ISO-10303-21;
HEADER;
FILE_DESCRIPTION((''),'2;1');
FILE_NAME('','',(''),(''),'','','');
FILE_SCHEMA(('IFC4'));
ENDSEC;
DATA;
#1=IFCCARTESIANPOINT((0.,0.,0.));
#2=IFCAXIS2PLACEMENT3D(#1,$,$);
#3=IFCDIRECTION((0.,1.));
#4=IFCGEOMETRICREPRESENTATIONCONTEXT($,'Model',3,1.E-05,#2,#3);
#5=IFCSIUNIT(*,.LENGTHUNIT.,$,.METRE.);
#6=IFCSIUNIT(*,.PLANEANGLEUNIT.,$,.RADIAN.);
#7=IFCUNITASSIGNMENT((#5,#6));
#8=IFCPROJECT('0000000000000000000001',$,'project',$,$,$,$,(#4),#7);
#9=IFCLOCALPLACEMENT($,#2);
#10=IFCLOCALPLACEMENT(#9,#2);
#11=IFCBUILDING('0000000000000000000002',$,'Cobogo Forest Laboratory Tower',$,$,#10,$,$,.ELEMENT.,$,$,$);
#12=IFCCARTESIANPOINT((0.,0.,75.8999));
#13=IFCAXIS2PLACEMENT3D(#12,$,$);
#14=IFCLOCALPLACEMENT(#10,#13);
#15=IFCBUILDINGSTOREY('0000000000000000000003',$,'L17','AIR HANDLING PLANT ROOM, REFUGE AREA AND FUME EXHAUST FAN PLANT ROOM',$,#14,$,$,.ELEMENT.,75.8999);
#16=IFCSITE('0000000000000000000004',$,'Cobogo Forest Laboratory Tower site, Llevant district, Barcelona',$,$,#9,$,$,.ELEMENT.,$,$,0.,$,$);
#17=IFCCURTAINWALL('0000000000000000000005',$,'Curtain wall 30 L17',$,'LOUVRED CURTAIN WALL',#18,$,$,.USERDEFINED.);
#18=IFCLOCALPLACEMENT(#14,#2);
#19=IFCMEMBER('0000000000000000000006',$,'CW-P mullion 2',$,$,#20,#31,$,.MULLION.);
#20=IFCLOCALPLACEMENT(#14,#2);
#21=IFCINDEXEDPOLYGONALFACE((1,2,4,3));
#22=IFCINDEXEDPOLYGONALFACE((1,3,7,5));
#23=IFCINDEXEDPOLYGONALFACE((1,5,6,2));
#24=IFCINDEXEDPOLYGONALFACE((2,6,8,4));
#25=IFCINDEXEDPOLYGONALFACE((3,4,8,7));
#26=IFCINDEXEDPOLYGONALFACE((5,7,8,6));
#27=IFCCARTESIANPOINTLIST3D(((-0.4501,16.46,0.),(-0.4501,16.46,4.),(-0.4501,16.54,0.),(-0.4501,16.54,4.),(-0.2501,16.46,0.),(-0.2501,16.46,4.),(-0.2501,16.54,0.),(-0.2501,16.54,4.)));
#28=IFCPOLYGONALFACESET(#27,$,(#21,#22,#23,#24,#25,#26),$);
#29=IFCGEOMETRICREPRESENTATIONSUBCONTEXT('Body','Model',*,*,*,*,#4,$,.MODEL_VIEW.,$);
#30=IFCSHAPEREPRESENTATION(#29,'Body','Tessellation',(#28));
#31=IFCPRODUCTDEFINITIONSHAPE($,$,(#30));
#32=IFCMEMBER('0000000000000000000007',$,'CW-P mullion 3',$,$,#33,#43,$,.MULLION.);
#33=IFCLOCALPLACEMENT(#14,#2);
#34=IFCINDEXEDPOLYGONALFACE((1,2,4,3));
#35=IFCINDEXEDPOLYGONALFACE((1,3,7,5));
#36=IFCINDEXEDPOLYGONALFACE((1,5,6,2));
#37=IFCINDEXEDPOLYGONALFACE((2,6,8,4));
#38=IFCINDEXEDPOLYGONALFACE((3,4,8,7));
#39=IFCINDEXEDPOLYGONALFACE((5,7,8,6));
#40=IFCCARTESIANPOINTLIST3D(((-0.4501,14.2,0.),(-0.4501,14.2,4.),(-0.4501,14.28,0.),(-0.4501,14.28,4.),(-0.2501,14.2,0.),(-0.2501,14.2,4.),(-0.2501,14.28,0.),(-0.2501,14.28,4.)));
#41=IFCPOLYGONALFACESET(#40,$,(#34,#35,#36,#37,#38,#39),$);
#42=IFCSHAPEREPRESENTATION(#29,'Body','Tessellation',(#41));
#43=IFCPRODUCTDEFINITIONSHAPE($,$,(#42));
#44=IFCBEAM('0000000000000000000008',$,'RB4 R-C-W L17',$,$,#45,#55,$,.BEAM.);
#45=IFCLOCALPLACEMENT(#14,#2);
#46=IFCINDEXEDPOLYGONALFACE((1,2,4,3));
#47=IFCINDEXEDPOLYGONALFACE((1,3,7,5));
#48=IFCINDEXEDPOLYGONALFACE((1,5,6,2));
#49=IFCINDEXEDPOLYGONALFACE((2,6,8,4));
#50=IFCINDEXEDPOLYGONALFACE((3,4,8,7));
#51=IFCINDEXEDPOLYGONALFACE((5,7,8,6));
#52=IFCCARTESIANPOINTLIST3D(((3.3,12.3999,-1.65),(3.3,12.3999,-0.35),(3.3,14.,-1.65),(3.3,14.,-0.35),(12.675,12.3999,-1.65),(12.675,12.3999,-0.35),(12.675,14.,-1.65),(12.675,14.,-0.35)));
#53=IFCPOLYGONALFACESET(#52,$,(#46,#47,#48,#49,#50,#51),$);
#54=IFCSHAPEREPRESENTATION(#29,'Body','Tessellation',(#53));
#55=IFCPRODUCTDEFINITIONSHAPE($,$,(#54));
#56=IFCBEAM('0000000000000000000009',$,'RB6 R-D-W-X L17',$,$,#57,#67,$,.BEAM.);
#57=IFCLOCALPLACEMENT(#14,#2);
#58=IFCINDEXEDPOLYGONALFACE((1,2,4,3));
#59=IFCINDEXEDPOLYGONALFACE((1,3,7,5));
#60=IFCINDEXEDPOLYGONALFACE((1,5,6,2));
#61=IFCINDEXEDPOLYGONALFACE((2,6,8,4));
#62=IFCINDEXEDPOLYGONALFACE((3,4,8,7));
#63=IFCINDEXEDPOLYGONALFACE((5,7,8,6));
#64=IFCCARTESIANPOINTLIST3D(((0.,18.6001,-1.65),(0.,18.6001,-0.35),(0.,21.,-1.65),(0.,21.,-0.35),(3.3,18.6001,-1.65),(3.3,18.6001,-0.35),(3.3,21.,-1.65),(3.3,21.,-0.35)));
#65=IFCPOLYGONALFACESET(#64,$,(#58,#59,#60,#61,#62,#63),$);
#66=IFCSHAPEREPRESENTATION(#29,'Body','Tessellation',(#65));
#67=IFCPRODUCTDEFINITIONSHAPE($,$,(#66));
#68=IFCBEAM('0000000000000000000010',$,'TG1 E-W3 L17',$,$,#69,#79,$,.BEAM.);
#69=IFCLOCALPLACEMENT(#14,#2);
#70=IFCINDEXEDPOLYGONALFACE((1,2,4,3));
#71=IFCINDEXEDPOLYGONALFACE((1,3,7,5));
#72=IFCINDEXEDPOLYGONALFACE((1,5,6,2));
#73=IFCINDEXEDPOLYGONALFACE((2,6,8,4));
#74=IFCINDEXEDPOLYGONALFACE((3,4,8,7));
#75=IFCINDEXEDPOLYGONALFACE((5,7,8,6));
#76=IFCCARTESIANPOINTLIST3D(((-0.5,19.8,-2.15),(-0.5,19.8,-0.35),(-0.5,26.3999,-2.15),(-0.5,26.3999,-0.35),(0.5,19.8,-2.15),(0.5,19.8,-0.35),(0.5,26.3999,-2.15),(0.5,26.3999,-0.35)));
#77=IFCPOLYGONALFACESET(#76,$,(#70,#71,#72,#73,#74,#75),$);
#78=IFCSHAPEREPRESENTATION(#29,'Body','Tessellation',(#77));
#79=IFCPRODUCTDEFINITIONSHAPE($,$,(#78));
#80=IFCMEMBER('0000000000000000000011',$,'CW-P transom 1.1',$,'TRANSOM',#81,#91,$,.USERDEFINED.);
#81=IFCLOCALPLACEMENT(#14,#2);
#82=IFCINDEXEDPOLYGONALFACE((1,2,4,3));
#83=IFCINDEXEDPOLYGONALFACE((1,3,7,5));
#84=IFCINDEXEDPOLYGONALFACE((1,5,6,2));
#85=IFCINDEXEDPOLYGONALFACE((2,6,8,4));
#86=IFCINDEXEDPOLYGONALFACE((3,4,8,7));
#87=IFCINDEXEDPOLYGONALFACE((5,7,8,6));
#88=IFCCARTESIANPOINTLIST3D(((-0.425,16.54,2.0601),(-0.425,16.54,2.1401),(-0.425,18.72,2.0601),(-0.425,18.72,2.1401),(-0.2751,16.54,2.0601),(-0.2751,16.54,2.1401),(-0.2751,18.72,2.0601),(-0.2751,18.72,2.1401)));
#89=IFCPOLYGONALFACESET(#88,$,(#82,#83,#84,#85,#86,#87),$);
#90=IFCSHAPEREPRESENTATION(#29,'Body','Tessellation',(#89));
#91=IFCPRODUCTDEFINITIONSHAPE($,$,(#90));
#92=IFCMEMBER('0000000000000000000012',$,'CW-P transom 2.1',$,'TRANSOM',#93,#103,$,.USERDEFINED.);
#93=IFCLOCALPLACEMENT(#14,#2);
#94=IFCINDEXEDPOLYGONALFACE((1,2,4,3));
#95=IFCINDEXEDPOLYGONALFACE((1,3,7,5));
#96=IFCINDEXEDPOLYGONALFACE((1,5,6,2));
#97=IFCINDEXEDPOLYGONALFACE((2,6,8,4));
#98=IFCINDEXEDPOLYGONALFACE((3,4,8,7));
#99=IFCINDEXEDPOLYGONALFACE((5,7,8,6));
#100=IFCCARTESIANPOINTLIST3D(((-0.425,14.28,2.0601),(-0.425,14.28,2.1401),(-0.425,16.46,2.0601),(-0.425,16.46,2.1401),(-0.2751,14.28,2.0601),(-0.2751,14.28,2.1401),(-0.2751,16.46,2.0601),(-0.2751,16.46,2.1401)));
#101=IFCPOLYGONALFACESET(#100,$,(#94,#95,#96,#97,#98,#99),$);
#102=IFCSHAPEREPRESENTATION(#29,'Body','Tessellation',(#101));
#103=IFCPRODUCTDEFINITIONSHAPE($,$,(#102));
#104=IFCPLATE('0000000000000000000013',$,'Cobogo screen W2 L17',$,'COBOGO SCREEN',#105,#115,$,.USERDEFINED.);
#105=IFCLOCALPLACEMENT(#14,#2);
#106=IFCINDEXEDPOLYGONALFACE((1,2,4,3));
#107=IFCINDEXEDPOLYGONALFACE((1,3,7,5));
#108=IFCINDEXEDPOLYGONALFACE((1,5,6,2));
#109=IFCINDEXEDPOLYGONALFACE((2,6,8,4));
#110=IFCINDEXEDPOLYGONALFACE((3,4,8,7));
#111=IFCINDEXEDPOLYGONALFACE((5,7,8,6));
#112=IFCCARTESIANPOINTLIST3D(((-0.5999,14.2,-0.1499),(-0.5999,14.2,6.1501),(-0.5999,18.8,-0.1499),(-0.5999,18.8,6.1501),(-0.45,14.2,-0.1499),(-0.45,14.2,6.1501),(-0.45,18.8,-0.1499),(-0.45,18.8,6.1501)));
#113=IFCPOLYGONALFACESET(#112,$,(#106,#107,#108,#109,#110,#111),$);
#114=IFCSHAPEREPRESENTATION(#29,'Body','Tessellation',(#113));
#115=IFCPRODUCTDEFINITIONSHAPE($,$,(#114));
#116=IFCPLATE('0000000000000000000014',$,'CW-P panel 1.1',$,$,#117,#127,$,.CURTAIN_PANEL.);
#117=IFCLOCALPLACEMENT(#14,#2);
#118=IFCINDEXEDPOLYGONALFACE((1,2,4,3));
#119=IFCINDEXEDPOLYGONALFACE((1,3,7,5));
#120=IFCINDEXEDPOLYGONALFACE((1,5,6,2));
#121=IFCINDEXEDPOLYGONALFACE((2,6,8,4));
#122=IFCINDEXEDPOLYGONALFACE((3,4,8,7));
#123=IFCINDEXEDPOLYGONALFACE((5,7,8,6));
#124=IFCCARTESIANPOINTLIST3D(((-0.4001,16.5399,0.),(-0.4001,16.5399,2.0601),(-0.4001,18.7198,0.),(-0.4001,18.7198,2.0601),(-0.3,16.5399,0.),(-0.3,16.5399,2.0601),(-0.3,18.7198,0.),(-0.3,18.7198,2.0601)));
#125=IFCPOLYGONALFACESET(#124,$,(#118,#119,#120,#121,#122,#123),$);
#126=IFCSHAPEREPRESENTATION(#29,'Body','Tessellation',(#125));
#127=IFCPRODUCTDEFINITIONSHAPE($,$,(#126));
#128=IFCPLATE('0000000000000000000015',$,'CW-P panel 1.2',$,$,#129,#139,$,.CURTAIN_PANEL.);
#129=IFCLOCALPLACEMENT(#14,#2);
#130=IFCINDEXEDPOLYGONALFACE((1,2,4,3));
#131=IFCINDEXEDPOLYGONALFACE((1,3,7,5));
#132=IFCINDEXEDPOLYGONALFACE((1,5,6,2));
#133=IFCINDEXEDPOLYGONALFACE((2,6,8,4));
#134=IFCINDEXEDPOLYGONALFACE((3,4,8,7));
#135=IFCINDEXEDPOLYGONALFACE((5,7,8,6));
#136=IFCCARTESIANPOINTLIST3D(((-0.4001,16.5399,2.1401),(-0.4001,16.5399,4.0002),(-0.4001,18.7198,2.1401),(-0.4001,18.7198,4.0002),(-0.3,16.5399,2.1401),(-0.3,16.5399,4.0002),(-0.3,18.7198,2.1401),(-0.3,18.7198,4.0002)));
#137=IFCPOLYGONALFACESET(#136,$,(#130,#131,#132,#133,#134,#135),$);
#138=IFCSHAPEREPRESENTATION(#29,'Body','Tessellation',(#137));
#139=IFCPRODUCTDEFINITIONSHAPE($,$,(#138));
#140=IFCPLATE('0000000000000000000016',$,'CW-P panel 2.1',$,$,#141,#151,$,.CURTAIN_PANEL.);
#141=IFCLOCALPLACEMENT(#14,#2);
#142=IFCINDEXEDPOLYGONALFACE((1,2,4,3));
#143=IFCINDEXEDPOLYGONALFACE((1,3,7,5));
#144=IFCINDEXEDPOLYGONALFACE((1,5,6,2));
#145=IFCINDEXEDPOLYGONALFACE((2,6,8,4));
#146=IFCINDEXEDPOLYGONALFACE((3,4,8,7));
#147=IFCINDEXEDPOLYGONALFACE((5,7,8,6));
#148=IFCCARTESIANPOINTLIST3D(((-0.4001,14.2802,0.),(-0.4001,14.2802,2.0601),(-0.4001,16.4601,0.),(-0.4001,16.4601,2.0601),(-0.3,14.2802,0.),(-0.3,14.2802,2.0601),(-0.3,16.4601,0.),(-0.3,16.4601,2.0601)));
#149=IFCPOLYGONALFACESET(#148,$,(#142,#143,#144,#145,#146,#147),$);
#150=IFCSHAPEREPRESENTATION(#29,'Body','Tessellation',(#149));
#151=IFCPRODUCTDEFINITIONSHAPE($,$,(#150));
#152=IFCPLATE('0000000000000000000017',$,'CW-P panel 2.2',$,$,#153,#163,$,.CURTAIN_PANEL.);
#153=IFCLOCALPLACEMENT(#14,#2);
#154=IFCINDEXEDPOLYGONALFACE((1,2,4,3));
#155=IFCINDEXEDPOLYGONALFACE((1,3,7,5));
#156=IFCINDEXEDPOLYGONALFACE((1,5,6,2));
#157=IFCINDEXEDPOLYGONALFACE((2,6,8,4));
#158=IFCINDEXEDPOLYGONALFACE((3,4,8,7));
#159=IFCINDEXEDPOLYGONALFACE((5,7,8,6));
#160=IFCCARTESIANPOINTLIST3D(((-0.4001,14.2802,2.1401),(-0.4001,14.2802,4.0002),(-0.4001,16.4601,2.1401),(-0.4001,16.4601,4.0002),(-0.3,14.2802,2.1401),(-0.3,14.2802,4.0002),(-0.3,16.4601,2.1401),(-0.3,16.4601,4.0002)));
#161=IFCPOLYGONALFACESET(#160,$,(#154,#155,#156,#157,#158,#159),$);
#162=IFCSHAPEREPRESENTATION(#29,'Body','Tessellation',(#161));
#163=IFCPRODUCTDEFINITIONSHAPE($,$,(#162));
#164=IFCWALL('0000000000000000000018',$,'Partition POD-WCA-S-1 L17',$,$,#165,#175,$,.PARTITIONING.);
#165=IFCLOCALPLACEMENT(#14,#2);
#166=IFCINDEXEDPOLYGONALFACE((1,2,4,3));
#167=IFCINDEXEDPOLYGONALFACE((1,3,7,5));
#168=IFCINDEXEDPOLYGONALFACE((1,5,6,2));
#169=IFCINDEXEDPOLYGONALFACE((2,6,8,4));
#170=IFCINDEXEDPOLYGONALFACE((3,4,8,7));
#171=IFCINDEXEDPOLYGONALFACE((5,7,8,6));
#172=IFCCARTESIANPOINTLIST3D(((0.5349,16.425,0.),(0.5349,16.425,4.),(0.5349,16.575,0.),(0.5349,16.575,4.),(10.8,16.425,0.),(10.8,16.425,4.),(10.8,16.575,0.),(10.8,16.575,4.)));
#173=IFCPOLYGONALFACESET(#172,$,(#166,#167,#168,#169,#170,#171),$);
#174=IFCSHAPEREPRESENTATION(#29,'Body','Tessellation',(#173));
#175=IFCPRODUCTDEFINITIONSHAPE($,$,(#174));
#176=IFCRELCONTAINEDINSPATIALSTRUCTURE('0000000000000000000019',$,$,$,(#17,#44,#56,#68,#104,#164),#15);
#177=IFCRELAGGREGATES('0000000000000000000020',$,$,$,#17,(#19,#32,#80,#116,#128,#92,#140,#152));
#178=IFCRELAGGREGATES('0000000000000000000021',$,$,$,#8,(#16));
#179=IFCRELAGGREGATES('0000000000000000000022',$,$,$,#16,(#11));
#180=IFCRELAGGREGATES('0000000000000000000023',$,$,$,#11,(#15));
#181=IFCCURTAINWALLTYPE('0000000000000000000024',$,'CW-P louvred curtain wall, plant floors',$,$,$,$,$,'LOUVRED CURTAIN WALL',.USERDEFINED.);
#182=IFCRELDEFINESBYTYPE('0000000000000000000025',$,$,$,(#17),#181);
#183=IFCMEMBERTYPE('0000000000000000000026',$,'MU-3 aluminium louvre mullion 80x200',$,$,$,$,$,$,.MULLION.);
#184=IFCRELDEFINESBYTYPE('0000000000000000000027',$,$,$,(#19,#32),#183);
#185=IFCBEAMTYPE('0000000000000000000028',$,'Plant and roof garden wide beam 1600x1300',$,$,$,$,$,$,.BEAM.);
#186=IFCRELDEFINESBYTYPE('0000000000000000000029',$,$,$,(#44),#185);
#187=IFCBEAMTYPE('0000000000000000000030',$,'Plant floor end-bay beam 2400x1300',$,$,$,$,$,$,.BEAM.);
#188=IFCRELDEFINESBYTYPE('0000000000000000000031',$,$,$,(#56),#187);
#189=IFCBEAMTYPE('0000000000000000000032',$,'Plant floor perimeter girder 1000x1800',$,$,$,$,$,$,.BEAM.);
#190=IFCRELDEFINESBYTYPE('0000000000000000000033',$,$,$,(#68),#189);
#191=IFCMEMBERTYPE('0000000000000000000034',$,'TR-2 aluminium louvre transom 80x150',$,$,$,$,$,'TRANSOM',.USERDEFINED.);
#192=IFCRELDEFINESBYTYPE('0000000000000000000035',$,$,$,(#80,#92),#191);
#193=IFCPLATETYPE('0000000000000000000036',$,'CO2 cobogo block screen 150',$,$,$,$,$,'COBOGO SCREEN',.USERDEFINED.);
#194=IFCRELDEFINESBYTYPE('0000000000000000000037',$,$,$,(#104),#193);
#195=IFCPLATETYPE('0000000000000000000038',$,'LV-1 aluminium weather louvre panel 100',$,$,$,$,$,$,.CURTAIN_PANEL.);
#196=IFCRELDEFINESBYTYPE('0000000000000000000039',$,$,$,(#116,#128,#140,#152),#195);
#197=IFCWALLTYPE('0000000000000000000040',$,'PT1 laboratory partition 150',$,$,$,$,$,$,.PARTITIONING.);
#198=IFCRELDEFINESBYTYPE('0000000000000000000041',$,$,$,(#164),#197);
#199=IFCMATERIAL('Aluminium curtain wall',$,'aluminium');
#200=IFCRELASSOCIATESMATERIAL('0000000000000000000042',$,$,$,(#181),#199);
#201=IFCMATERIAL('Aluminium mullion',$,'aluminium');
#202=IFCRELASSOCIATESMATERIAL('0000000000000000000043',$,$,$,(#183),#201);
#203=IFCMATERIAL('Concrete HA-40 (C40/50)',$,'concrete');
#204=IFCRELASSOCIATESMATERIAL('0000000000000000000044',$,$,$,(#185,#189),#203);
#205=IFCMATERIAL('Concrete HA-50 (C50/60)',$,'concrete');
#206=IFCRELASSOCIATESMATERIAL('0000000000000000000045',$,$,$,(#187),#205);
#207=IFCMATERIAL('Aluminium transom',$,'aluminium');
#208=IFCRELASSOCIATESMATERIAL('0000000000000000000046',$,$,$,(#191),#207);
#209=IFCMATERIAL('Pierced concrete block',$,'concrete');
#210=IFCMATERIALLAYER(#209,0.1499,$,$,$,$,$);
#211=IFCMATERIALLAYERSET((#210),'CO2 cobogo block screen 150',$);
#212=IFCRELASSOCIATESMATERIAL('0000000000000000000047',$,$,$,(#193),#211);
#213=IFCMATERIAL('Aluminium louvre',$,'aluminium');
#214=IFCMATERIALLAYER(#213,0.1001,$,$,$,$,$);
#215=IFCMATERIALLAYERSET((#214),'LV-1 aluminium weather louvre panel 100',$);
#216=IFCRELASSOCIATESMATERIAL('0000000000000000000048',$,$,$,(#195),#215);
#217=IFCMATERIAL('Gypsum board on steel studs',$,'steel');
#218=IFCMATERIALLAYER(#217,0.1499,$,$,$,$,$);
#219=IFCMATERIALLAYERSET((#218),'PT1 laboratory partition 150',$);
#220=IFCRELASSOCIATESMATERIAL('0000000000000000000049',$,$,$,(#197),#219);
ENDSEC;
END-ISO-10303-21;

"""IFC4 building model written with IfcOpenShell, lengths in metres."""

from ifc_helpers import new_model, si_unit, direction, frame, frame_2d, origin, origin_2d, place, context, subcontext, project, spatial, rectangle, extrude, material, layer, layer_set, material_profile, profile_set, type_object, element, aggregate, save


model = new_model("IFC4")

# Units and contexts
model_context = context("Model", 3, precision=1e-05, world=origin(), true_north=direction((0.0, 1.0)))
body_context = subcontext(model_context, "Body", "Model", "MODEL_VIEW")
ifc_project = project(units=[si_unit("LENGTHUNIT", "METRE"), si_unit("PLANEANGLEUNIT", "RADIAN")], contexts=[model_context])

# Site, building, storey
site_placement = place(None, origin())
site = spatial("IfcSite", under=ifc_project, at=site_placement, Name="Cobogo Forest Laboratory Tower site, Llevant district, Barcelona", CompositionType="ELEMENT", RefElevation=0.0)
building_placement = place(site_placement, origin())
building = spatial("IfcBuilding", under=site, at=building_placement, Name="Cobogo Forest Laboratory Tower", CompositionType="ELEMENT")
storey_placement = place(building_placement, frame((0.0, 0.0, 75.8999)))
storey = spatial("IfcBuildingStorey", under=building, at=storey_placement, Name="L17", Description="AIR HANDLING PLANT ROOM, REFUGE AREA AND FUME EXHAUST FAN PLANT ROOM", CompositionType="ELEMENT", Elevation=75.8999)

# Shared definitions
ifc_material_1 = material(Name="Concrete HA-50 (C50/60)", Category="concrete")

# Shared definitions
ifc_material_2 = material(Name="Aluminium curtain wall", Category="aluminium")
curtain_wall_type = type_object("IfcCurtainWallType", Name="CW-P louvred curtain wall, plant floors", ElementType="LOUVRED CURTAIN WALL", PredefinedType="USERDEFINED", material=ifc_material_2)
ifc_material_3 = material(Name="Aluminium mullion", Category="aluminium")
ifc_material_profile_1 = material_profile(ifc_material_3, rectangle(XDim=0.0801, YDim=0.2, at=origin_2d()), Name="AL 80x200")
ifc_profile_set_1 = profile_set([ifc_material_profile_1], Name="Aluminium mullion")
member_type_1 = type_object("IfcMemberType", Name="MU-3 aluminium louvre mullion 80x200", PredefinedType="MULLION", material=ifc_profile_set_1)

# Curtain wall, members
curtain_wall_1_placement = place(storey_placement, origin())
curtain_wall_1 = element("IfcCurtainWall", 1, at=curtain_wall_1_placement, inside=storey, type_object=curtain_wall_type, Name="Curtain wall 30 L17", ObjectType="LOUVRED CURTAIN WALL", PredefinedType="USERDEFINED")
member_1_placement = place(storey_placement, frame((-0.3501, 16.5, 0.0), z_axis=(0.0, 0.0, 1.0), x_axis=(0.0, -1.0, 0.0)))
member_1 = element("IfcMember", 2, at=member_1_placement, type_object=member_type_1, Name="CW-P mullion 2", PredefinedType="MULLION", context=body_context, shape_type="SweptSolid", body=[
    extrude(rectangle(XDim=0.0801, YDim=0.2, at=origin_2d()), origin(), (0.0, 0.0, 1.0), 4.0),
])
member_2_placement = place(storey_placement, frame((-0.3501, 14.24, 0.0), z_axis=(0.0, 0.0, 1.0), x_axis=(0.0, -1.0, 0.0)))
member_2 = element("IfcMember", 3, at=member_2_placement, type_object=member_type_1, Name="CW-P mullion 3", PredefinedType="MULLION", context=body_context, shape_type="SweptSolid", body=[
    extrude(rectangle(XDim=0.0801, YDim=0.2, at=origin_2d()), origin(), (0.0, 0.0, 1.0), 4.0),
])

# Beams
ifc_material_4 = material(Name="Concrete HA-40 (C40/50)", Category="concrete")
ifc_material_profile_2 = material_profile(ifc_material_4, rectangle(XDim=1.6001, YDim=1.3, at=origin_2d()), Name="RC 1600x1300")
ifc_profile_set_2 = profile_set([ifc_material_profile_2], Name="Concrete HA-40 (C40/50)")
beam_type_1 = type_object("IfcBeamType", Name="Plant and roof garden wide beam 1600x1300", PredefinedType="BEAM", material=ifc_profile_set_2)
beam_1_placement = place(storey_placement, frame((12.675, 13.2, -1.0), z_axis=(-1.0, 0.0, 0.0), x_axis=(0.0, -1.0, 0.0)))
element("IfcBeam", 4, at=beam_1_placement, inside=storey, type_object=beam_type_1, Name="RB4 R-C-W L17", PredefinedType="BEAM", context=body_context, shape_type="SweptSolid", body=[
    extrude(rectangle(XDim=1.6001, YDim=1.3, at=origin_2d()), origin(), (0.0, 0.0, 1.0), 9.375),
])
ifc_material_profile_3 = material_profile(ifc_material_1, rectangle(XDim=2.3999, YDim=1.3, at=origin_2d()), Name="RC 2400x1300")
ifc_profile_set_3 = profile_set([ifc_material_profile_3], Name="Concrete HA-50 (C50/60)")
beam_type_2 = type_object("IfcBeamType", Name="Plant floor end-bay beam 2400x1300", PredefinedType="BEAM", material=ifc_profile_set_3)
beam_2_placement = place(storey_placement, frame((0.0, 19.8, -1.0), z_axis=(1.0, 0.0, 0.0), x_axis=(0.0, 1.0, 0.0)))
element("IfcBeam", 5, at=beam_2_placement, inside=storey, type_object=beam_type_2, Name="RB6 R-D-W-X L17", PredefinedType="BEAM", context=body_context, shape_type="SweptSolid", body=[
    extrude(rectangle(XDim=2.3999, YDim=1.3, at=origin_2d()), origin(), (0.0, 0.0, 1.0), 3.3),
])
ifc_material_profile_4 = material_profile(ifc_material_4, rectangle(XDim=1.0, YDim=1.8, at=origin_2d()), Name="RC 1000x1800")
ifc_profile_set_4 = profile_set([ifc_material_profile_4], Name="Concrete HA-40 (C40/50)")
beam_type_3 = type_object("IfcBeamType", Name="Plant floor perimeter girder 1000x1800", PredefinedType="BEAM", material=ifc_profile_set_4)
beam_3_placement = place(storey_placement, frame((0.0, 19.8, -1.25), z_axis=(0.0, 1.0, 0.0), x_axis=(-1.0, 0.0, 0.0)))
element("IfcBeam", 6, at=beam_3_placement, inside=storey, type_object=beam_type_3, Name="TG1 E-W3 L17", PredefinedType="BEAM", context=body_context, shape_type="SweptSolid", body=[
    extrude(rectangle(XDim=1.0, YDim=1.8, at=origin_2d()), origin(), (0.0, 0.0, 1.0), 6.5999),
])

# Members
ifc_material_5 = material(Name="Aluminium transom", Category="aluminium")
ifc_material_profile_5 = material_profile(ifc_material_5, rectangle(XDim=0.1499, YDim=0.0801, at=origin_2d()), Name="AL 80x150")
ifc_profile_set_5 = profile_set([ifc_material_profile_5], Name="Aluminium transom")
member_type_2 = type_object("IfcMemberType", Name="TR-2 aluminium louvre transom 80x150", ElementType="TRANSOM", PredefinedType="USERDEFINED", material=ifc_profile_set_5)
member_3_placement = place(storey_placement, frame((-0.3501, 18.72, 2.1001), z_axis=(0.0, -1.0, 0.0), x_axis=(1.0, 0.0, 0.0)))
member_3 = element("IfcMember", 7, at=member_3_placement, type_object=member_type_2, Name="CW-P transom 1.1", ObjectType="TRANSOM", PredefinedType="USERDEFINED", context=body_context, shape_type="SweptSolid", body=[
    extrude(rectangle(XDim=0.1499, YDim=0.0801, at=origin_2d()), origin(), (0.0, 0.0, 1.0), 2.1799),
])
member_4_placement = place(storey_placement, frame((-0.3501, 16.46, 2.1001), z_axis=(0.0, -1.0, 0.0), x_axis=(1.0, 0.0, 0.0)))
member_4 = element("IfcMember", 8, at=member_4_placement, type_object=member_type_2, Name="CW-P transom 2.1", ObjectType="TRANSOM", PredefinedType="USERDEFINED", context=body_context, shape_type="SweptSolid", body=[
    extrude(rectangle(XDim=0.1499, YDim=0.0801, at=origin_2d()), origin(), (0.0, 0.0, 1.0), 2.1799),
])

# Plates
ifc_material_6 = material(Name="Pierced concrete block", Category="concrete")
ifc_layer_1 = layer(ifc_material_6, 0.1499)
ifc_layer_set_1 = layer_set([ifc_layer_1], Name="CO2 cobogo block screen 150")
plate_type_1 = type_object("IfcPlateType", Name="CO2 cobogo block screen 150", ElementType="COBOGO SCREEN", PredefinedType="USERDEFINED", material=ifc_layer_set_1)
plate_1_placement = place(storey_placement, frame((-0.5249, 16.5, -0.1499), z_axis=(0.0, 0.0, 1.0), x_axis=(0.0, 1.0, 0.0)))
element("IfcPlate", 9, at=plate_1_placement, inside=storey, type_object=plate_type_1, Name="Cobogo screen W2 L17", ObjectType="COBOGO SCREEN", PredefinedType="USERDEFINED", context=body_context, shape_type="SweptSolid", body=[
    extrude(rectangle(XDim=4.6001, YDim=0.1499, at=origin_2d()), origin(), (0.0, 0.0, 1.0), 6.3),
])
ifc_material_7 = material(Name="Aluminium louvre", Category="aluminium")
ifc_layer_2 = layer(ifc_material_7, 0.1001)
ifc_layer_set_2 = layer_set([ifc_layer_2], Name="LV-1 aluminium weather louvre panel 100")
plate_type_2 = type_object("IfcPlateType", Name="LV-1 aluminium weather louvre panel 100", PredefinedType="CURTAIN_PANEL", material=ifc_layer_set_2)
plate_2_placement = place(storey_placement, frame((-0.3501, 17.6299, 0.0), z_axis=(0.0, 0.0, 1.0), x_axis=(0.0, -1.0, 0.0)))
plate_2 = element("IfcPlate", 10, at=plate_2_placement, type_object=plate_type_2, Name="CW-P panel 1.1", PredefinedType="CURTAIN_PANEL", context=body_context, shape_type="SweptSolid", body=[
    extrude(rectangle(XDim=2.1799, YDim=0.1001, at=origin_2d()), origin(), (0.0, 0.0, 1.0), 2.0601),
])
plate_3_placement = place(storey_placement, frame((-0.3501, 17.6299, 2.1401), z_axis=(0.0, 0.0, 1.0), x_axis=(0.0, -1.0, 0.0)))
plate_3 = element("IfcPlate", 11, at=plate_3_placement, type_object=plate_type_2, Name="CW-P panel 1.2", PredefinedType="CURTAIN_PANEL", context=body_context, shape_type="SweptSolid", body=[
    extrude(rectangle(XDim=2.1799, YDim=0.1001, at=origin_2d()), origin(), (0.0, 0.0, 1.0), 1.8601),
])
plate_4_placement = place(storey_placement, frame((-0.3501, 15.3701, 0.0), z_axis=(0.0, 0.0, 1.0), x_axis=(0.0, -1.0, 0.0)))
plate_4 = element("IfcPlate", 12, at=plate_4_placement, type_object=plate_type_2, Name="CW-P panel 2.1", PredefinedType="CURTAIN_PANEL", context=body_context, shape_type="SweptSolid", body=[
    extrude(rectangle(XDim=2.1799, YDim=0.1001, at=origin_2d()), origin(), (0.0, 0.0, 1.0), 2.0601),
])
plate_5_placement = place(storey_placement, frame((-0.3501, 15.3701, 2.1401), z_axis=(0.0, 0.0, 1.0), x_axis=(0.0, -1.0, 0.0)))
plate_5 = element("IfcPlate", 13, at=plate_5_placement, type_object=plate_type_2, Name="CW-P panel 2.2", PredefinedType="CURTAIN_PANEL", context=body_context, shape_type="SweptSolid", body=[
    extrude(rectangle(XDim=2.1799, YDim=0.1001, at=origin_2d()), origin(), (0.0, 0.0, 1.0), 1.8601),
])
aggregate(curtain_wall_1, [member_1, member_2, member_3, plate_2, plate_3, member_4, plate_4, plate_5])

# Wall
ifc_material_8 = material(Name="Gypsum board on steel studs", Category="steel")
ifc_layer_3 = layer(ifc_material_8, 0.1499)
ifc_layer_set_3 = layer_set([ifc_layer_3], Name="PT1 laboratory partition 150")
wall_type_1 = type_object("IfcWallType", Name="PT1 laboratory partition 150", PredefinedType="PARTITIONING", material=ifc_layer_set_3)
wall_1_placement = place(storey_placement, frame((10.8, 16.5, 0.0), z_axis=(0.0, 0.0, 1.0), x_axis=(-1.0, 0.0, 0.0)))
element("IfcWall", 14, at=wall_1_placement, inside=storey, type_object=wall_type_1, Name="Partition POD-WCA-S-1 L17", PredefinedType="PARTITIONING", context=body_context, shape_type="SweptSolid", body=[
    extrude(rectangle(XDim=10.2651, YDim=0.1499, at=frame_2d((5.1326, 0.0))), origin(), (0.0, 0.0, 1.0), 4.0),
])

save(model, "model.ifc")
